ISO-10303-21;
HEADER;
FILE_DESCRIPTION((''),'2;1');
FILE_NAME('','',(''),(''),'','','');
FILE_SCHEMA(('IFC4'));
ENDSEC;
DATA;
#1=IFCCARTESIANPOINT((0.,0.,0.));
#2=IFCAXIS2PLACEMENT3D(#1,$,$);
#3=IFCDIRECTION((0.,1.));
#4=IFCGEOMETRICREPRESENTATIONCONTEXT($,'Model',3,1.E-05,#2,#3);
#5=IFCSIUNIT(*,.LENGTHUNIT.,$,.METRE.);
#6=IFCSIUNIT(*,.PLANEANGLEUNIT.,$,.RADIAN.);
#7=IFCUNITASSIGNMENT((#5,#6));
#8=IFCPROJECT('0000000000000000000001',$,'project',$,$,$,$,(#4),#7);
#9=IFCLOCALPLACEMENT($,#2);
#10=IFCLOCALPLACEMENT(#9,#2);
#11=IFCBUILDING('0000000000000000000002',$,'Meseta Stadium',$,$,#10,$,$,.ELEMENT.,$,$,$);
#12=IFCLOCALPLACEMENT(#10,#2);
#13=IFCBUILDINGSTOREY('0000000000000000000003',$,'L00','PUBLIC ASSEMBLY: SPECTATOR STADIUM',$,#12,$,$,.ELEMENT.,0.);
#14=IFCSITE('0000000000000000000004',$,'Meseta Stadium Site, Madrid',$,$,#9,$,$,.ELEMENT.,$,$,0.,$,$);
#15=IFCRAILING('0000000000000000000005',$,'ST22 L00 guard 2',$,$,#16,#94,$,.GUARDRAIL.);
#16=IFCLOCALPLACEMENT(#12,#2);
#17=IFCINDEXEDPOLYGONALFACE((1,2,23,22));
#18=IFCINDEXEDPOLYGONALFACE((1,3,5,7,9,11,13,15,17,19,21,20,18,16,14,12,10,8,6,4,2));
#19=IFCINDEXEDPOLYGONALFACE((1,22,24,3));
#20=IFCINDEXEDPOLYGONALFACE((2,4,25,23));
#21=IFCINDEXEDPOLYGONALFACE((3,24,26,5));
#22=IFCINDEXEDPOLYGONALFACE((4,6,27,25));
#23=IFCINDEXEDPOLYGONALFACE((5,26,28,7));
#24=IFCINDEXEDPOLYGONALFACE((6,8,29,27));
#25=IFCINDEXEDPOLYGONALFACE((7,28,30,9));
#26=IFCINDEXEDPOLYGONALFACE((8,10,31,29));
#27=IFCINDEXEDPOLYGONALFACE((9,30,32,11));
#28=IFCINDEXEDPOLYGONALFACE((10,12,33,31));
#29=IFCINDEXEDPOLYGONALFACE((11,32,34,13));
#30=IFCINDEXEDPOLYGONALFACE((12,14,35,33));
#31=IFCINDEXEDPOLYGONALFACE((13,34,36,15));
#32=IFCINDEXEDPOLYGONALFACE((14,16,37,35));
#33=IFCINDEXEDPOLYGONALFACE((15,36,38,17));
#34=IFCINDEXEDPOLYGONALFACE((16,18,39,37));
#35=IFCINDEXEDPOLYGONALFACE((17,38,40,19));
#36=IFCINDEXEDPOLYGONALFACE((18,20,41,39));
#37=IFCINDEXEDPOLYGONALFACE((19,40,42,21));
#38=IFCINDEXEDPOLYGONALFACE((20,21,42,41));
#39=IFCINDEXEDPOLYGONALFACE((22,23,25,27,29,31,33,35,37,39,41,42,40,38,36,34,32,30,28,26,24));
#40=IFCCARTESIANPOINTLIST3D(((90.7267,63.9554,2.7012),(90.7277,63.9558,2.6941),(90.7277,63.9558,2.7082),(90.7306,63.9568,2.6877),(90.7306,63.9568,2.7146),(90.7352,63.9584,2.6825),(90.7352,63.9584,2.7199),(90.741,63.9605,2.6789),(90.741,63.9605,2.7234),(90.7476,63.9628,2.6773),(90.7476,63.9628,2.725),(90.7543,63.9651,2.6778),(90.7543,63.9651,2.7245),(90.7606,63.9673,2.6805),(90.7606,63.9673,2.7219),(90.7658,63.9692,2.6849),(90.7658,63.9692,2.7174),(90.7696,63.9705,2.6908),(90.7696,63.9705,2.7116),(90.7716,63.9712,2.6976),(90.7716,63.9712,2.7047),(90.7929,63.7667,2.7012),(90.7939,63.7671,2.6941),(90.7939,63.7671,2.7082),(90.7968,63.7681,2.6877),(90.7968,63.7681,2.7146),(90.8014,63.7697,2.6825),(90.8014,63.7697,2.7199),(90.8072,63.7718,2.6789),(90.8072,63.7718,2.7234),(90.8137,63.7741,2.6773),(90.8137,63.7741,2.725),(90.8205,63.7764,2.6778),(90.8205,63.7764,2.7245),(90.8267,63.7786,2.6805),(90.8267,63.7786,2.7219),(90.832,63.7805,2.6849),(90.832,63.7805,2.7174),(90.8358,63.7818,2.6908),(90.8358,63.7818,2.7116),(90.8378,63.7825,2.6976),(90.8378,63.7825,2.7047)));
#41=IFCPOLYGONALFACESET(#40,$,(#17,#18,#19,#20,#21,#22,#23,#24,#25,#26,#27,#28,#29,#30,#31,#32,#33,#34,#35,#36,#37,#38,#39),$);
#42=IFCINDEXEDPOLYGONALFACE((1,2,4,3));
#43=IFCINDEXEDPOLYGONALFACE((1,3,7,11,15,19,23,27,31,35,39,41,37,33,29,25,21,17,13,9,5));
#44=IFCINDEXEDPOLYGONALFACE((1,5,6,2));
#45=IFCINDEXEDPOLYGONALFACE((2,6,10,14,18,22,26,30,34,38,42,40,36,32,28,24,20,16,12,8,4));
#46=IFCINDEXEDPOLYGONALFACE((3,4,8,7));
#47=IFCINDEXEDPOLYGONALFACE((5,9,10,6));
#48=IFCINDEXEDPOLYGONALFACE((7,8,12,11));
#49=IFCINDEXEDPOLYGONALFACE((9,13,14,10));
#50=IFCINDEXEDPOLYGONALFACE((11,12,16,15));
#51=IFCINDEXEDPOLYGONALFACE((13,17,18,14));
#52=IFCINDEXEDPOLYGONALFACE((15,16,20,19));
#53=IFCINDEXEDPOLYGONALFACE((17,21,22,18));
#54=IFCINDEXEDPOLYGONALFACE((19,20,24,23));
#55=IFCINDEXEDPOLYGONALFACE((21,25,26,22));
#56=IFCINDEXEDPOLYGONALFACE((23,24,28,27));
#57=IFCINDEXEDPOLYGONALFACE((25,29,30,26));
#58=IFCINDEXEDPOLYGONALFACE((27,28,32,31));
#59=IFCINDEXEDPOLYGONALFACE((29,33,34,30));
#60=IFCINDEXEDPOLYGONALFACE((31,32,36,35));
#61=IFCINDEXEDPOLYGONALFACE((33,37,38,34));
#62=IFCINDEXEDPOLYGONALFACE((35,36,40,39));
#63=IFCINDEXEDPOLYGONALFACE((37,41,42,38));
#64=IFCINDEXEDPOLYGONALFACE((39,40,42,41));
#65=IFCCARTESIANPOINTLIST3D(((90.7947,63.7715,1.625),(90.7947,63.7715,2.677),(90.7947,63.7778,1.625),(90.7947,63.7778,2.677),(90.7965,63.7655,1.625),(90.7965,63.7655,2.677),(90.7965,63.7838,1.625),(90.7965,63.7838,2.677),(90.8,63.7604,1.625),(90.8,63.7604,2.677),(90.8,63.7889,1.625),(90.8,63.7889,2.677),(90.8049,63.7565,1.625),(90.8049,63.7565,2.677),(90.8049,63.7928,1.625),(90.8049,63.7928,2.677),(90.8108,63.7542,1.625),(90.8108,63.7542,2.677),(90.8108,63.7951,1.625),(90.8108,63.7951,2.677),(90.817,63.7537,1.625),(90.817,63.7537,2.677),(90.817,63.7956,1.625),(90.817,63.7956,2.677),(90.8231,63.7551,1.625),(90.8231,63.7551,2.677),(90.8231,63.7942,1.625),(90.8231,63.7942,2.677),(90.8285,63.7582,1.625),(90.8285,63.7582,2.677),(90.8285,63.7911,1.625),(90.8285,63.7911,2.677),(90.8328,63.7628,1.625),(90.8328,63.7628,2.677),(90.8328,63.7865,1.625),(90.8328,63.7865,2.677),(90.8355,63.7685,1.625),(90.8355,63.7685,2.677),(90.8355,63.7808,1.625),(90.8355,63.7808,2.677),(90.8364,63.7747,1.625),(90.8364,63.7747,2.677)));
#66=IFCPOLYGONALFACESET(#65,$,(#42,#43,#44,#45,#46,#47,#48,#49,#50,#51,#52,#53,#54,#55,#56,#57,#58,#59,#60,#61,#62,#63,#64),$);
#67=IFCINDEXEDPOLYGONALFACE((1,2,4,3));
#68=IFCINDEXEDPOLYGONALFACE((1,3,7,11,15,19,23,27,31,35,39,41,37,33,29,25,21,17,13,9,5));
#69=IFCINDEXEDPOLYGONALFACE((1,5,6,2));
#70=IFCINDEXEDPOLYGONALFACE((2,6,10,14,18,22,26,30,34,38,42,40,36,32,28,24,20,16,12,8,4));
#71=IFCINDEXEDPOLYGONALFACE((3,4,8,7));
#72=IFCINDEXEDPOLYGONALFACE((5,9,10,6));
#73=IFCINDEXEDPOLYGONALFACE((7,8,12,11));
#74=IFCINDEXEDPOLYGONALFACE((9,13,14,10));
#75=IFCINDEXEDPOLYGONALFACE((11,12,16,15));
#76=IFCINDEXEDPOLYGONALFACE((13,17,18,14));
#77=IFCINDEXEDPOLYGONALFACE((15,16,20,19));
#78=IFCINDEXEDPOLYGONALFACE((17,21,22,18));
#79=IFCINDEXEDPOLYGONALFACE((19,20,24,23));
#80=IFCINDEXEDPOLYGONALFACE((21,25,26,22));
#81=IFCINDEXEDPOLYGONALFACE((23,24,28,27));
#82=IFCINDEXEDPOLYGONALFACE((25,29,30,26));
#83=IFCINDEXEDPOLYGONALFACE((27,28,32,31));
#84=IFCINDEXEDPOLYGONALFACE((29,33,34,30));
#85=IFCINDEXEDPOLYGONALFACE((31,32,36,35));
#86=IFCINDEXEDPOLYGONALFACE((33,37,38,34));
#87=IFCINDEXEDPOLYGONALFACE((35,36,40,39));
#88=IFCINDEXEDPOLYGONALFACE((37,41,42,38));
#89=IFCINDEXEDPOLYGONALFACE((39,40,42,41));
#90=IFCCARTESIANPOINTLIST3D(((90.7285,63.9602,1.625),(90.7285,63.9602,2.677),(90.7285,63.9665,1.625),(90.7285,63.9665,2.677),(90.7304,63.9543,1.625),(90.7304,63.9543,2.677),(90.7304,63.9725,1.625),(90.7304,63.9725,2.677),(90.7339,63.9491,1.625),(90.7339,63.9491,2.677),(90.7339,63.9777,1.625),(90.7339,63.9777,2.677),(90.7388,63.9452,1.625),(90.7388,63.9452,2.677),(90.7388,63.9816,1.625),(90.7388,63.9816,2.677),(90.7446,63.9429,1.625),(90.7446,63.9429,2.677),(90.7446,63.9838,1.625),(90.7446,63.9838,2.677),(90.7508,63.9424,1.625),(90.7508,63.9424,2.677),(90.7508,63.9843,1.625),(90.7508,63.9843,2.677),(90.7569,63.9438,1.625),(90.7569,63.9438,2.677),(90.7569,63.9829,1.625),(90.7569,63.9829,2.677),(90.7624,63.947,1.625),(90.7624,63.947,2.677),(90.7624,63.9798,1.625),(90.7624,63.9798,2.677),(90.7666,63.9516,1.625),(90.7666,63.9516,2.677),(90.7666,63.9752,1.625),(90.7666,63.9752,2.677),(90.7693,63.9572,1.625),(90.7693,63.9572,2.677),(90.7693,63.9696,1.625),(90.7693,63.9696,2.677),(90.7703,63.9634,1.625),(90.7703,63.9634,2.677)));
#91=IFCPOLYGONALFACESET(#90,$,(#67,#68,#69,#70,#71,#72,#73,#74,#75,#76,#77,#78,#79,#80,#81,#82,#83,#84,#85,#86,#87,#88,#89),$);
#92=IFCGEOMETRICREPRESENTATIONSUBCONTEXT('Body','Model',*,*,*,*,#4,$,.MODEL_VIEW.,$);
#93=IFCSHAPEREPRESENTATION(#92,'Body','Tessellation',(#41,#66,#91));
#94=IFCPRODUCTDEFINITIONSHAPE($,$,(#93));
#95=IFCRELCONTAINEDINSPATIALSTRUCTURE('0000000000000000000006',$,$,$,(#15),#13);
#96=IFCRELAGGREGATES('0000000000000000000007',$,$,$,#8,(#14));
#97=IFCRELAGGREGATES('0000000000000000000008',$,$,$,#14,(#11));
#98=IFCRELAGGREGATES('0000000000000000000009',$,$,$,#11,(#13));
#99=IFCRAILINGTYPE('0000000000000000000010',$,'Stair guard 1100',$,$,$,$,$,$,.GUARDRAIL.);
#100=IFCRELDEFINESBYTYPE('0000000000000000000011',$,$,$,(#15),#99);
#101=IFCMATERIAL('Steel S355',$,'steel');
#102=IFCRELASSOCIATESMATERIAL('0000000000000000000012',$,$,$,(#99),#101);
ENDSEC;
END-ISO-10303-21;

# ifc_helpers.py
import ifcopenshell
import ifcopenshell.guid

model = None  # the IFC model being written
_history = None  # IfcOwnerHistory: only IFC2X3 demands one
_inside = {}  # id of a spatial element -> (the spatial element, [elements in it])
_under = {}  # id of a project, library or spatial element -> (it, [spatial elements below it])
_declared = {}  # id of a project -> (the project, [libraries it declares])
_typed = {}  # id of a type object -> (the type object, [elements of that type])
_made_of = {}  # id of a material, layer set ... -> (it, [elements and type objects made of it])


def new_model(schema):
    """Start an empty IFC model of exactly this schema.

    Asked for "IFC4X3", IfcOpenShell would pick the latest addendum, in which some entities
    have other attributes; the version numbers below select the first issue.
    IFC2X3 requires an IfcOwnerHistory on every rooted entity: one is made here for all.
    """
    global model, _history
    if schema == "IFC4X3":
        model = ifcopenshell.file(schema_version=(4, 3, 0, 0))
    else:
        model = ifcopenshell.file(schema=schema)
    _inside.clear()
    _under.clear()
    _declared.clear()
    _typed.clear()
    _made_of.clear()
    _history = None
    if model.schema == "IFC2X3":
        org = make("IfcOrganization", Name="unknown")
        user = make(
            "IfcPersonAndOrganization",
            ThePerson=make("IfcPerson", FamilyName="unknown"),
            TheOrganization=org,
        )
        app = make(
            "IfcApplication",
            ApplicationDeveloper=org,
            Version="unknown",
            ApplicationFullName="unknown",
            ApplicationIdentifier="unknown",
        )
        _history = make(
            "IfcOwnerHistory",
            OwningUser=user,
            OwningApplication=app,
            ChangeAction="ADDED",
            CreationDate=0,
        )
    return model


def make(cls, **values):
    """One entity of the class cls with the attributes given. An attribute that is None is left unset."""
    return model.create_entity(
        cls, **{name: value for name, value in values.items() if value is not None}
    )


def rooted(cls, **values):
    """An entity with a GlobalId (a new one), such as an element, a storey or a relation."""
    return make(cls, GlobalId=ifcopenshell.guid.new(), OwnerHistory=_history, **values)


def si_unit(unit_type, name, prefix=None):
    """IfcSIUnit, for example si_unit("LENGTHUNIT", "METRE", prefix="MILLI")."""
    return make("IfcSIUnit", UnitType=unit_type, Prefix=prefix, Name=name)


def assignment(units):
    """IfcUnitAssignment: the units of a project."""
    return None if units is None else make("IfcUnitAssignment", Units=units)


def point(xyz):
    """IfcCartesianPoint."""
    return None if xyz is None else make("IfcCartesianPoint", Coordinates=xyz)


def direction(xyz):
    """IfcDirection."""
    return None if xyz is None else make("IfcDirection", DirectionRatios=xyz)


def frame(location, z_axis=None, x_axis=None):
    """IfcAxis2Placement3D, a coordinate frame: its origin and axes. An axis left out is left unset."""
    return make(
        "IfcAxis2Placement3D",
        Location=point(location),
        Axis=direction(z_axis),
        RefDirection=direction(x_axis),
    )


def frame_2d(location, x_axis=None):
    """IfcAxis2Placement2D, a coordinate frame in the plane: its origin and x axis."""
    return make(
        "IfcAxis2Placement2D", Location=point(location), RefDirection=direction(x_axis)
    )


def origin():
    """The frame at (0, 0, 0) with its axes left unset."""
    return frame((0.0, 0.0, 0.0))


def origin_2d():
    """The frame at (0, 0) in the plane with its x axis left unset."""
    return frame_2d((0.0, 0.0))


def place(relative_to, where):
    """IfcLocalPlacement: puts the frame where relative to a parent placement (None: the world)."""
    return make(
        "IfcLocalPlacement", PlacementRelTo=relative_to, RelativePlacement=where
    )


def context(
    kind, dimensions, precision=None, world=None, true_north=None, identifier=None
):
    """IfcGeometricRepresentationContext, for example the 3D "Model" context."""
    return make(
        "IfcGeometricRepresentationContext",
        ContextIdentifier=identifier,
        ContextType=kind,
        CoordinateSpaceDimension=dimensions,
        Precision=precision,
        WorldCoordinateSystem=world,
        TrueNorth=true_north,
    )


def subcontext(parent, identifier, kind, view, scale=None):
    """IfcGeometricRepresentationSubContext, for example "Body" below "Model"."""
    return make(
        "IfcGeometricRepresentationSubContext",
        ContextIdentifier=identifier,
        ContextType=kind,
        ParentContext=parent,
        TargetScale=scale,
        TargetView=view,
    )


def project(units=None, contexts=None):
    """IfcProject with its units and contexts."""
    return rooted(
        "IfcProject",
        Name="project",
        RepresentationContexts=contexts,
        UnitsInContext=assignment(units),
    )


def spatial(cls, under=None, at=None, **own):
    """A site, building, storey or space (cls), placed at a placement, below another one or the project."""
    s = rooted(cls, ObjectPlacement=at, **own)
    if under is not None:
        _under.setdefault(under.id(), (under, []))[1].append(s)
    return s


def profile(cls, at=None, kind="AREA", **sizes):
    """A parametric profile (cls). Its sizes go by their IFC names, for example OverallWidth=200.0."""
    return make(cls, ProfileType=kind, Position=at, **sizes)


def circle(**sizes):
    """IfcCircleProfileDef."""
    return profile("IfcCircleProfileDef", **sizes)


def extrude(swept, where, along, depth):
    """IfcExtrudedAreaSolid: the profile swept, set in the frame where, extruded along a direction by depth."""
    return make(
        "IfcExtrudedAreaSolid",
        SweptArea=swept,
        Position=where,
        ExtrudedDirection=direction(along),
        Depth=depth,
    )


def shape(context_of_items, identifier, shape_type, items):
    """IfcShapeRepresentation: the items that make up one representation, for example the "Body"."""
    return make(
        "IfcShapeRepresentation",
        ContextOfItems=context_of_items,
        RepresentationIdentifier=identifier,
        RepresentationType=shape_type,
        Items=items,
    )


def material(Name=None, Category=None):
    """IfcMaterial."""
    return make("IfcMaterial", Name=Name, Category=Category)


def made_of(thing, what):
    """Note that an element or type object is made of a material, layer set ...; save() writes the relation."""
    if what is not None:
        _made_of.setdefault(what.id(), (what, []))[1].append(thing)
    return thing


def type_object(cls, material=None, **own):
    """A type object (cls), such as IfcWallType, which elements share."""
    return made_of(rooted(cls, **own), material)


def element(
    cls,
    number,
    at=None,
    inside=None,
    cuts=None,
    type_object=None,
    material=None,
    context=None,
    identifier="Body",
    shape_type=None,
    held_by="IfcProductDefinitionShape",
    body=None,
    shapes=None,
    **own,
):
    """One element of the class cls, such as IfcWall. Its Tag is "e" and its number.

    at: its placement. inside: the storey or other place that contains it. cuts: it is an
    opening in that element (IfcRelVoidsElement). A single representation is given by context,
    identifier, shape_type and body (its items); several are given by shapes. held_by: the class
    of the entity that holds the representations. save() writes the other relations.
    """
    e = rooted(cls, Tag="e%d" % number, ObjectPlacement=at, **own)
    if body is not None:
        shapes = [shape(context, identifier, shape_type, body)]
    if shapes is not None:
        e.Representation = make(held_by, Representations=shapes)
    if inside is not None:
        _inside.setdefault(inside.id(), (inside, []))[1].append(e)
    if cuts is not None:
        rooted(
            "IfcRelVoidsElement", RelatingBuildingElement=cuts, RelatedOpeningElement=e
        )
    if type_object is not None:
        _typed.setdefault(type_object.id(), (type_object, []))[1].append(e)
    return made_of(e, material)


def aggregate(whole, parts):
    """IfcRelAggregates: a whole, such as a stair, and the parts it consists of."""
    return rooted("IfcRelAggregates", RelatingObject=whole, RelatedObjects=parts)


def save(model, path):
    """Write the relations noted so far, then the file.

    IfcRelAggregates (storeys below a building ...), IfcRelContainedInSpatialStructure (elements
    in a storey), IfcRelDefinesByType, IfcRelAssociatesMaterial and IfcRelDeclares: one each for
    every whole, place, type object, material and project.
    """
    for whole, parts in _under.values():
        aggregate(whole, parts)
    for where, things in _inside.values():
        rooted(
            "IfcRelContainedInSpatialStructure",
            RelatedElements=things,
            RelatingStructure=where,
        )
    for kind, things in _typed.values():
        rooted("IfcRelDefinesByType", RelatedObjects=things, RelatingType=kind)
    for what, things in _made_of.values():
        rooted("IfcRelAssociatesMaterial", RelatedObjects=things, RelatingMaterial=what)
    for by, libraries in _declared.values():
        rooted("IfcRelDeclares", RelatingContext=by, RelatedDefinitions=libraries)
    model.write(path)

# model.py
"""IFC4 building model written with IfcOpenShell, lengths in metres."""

from ifc_helpers import new_model, si_unit, direction, frame, origin, origin_2d, place, context, subcontext, project, spatial, circle, extrude, material, type_object, element, save


model = new_model("IFC4")

# Units and contexts
model_context = context("Model", 3, precision=1e-05, world=origin(), true_north=direction((0.0, 1.0)))
body_context = subcontext(model_context, "Body", "Model", "MODEL_VIEW")
ifc_project = project(units=[si_unit("LENGTHUNIT", "METRE"), si_unit("PLANEANGLEUNIT", "RADIAN")], contexts=[model_context])

# Site, building, storey
site_placement = place(None, origin())
site = spatial("IfcSite", under=ifc_project, at=site_placement, Name="Meseta Stadium Site, Madrid", CompositionType="ELEMENT", RefElevation=0.0)
building_placement = place(site_placement, origin())
building = spatial("IfcBuilding", under=site, at=building_placement, Name="Meseta Stadium", CompositionType="ELEMENT")
storey_placement = place(building_placement, origin())
storey = spatial("IfcBuildingStorey", under=building, at=storey_placement, Name="L00", Description="PUBLIC ASSEMBLY: SPECTATOR STADIUM", CompositionType="ELEMENT", Elevation=0.0)

# Railing
ifc_material_1 = material(Name="Steel S355", Category="steel")
railing_type_1 = type_object("IfcRailingType", Name="Stair guard 1100", PredefinedType="GUARDRAIL", material=ifc_material_1)
railing_1_placement = place(storey_placement, frame((90.8154, 63.7747, 1.625)))
element("IfcRailing", 1, at=railing_1_placement, inside=storey, type_object=railing_type_1, Name="ST22 L00 guard 2", PredefinedType="GUARDRAIL", context=body_context, shape_type="SweptSolid", body=[
    extrude(circle(Radius=0.0239, at=origin_2d()), frame((0.0, 0.0, 1.0762), z_axis=(-0.33084, 0.943687, 0.0), x_axis=(-0.943687, -0.33084, 0.0)), (0.0, 0.0, 1.0), 0.2),
    extrude(circle(Radius=0.021, at=origin_2d()), origin(), (0.0, 0.0, 1.0), 1.052),
    extrude(circle(Radius=0.021, at=origin_2d()), frame((-0.0662, 0.1887, 0.0)), (0.0, 0.0, 1.0), 1.052),
])

save(model, "model.ifc")
